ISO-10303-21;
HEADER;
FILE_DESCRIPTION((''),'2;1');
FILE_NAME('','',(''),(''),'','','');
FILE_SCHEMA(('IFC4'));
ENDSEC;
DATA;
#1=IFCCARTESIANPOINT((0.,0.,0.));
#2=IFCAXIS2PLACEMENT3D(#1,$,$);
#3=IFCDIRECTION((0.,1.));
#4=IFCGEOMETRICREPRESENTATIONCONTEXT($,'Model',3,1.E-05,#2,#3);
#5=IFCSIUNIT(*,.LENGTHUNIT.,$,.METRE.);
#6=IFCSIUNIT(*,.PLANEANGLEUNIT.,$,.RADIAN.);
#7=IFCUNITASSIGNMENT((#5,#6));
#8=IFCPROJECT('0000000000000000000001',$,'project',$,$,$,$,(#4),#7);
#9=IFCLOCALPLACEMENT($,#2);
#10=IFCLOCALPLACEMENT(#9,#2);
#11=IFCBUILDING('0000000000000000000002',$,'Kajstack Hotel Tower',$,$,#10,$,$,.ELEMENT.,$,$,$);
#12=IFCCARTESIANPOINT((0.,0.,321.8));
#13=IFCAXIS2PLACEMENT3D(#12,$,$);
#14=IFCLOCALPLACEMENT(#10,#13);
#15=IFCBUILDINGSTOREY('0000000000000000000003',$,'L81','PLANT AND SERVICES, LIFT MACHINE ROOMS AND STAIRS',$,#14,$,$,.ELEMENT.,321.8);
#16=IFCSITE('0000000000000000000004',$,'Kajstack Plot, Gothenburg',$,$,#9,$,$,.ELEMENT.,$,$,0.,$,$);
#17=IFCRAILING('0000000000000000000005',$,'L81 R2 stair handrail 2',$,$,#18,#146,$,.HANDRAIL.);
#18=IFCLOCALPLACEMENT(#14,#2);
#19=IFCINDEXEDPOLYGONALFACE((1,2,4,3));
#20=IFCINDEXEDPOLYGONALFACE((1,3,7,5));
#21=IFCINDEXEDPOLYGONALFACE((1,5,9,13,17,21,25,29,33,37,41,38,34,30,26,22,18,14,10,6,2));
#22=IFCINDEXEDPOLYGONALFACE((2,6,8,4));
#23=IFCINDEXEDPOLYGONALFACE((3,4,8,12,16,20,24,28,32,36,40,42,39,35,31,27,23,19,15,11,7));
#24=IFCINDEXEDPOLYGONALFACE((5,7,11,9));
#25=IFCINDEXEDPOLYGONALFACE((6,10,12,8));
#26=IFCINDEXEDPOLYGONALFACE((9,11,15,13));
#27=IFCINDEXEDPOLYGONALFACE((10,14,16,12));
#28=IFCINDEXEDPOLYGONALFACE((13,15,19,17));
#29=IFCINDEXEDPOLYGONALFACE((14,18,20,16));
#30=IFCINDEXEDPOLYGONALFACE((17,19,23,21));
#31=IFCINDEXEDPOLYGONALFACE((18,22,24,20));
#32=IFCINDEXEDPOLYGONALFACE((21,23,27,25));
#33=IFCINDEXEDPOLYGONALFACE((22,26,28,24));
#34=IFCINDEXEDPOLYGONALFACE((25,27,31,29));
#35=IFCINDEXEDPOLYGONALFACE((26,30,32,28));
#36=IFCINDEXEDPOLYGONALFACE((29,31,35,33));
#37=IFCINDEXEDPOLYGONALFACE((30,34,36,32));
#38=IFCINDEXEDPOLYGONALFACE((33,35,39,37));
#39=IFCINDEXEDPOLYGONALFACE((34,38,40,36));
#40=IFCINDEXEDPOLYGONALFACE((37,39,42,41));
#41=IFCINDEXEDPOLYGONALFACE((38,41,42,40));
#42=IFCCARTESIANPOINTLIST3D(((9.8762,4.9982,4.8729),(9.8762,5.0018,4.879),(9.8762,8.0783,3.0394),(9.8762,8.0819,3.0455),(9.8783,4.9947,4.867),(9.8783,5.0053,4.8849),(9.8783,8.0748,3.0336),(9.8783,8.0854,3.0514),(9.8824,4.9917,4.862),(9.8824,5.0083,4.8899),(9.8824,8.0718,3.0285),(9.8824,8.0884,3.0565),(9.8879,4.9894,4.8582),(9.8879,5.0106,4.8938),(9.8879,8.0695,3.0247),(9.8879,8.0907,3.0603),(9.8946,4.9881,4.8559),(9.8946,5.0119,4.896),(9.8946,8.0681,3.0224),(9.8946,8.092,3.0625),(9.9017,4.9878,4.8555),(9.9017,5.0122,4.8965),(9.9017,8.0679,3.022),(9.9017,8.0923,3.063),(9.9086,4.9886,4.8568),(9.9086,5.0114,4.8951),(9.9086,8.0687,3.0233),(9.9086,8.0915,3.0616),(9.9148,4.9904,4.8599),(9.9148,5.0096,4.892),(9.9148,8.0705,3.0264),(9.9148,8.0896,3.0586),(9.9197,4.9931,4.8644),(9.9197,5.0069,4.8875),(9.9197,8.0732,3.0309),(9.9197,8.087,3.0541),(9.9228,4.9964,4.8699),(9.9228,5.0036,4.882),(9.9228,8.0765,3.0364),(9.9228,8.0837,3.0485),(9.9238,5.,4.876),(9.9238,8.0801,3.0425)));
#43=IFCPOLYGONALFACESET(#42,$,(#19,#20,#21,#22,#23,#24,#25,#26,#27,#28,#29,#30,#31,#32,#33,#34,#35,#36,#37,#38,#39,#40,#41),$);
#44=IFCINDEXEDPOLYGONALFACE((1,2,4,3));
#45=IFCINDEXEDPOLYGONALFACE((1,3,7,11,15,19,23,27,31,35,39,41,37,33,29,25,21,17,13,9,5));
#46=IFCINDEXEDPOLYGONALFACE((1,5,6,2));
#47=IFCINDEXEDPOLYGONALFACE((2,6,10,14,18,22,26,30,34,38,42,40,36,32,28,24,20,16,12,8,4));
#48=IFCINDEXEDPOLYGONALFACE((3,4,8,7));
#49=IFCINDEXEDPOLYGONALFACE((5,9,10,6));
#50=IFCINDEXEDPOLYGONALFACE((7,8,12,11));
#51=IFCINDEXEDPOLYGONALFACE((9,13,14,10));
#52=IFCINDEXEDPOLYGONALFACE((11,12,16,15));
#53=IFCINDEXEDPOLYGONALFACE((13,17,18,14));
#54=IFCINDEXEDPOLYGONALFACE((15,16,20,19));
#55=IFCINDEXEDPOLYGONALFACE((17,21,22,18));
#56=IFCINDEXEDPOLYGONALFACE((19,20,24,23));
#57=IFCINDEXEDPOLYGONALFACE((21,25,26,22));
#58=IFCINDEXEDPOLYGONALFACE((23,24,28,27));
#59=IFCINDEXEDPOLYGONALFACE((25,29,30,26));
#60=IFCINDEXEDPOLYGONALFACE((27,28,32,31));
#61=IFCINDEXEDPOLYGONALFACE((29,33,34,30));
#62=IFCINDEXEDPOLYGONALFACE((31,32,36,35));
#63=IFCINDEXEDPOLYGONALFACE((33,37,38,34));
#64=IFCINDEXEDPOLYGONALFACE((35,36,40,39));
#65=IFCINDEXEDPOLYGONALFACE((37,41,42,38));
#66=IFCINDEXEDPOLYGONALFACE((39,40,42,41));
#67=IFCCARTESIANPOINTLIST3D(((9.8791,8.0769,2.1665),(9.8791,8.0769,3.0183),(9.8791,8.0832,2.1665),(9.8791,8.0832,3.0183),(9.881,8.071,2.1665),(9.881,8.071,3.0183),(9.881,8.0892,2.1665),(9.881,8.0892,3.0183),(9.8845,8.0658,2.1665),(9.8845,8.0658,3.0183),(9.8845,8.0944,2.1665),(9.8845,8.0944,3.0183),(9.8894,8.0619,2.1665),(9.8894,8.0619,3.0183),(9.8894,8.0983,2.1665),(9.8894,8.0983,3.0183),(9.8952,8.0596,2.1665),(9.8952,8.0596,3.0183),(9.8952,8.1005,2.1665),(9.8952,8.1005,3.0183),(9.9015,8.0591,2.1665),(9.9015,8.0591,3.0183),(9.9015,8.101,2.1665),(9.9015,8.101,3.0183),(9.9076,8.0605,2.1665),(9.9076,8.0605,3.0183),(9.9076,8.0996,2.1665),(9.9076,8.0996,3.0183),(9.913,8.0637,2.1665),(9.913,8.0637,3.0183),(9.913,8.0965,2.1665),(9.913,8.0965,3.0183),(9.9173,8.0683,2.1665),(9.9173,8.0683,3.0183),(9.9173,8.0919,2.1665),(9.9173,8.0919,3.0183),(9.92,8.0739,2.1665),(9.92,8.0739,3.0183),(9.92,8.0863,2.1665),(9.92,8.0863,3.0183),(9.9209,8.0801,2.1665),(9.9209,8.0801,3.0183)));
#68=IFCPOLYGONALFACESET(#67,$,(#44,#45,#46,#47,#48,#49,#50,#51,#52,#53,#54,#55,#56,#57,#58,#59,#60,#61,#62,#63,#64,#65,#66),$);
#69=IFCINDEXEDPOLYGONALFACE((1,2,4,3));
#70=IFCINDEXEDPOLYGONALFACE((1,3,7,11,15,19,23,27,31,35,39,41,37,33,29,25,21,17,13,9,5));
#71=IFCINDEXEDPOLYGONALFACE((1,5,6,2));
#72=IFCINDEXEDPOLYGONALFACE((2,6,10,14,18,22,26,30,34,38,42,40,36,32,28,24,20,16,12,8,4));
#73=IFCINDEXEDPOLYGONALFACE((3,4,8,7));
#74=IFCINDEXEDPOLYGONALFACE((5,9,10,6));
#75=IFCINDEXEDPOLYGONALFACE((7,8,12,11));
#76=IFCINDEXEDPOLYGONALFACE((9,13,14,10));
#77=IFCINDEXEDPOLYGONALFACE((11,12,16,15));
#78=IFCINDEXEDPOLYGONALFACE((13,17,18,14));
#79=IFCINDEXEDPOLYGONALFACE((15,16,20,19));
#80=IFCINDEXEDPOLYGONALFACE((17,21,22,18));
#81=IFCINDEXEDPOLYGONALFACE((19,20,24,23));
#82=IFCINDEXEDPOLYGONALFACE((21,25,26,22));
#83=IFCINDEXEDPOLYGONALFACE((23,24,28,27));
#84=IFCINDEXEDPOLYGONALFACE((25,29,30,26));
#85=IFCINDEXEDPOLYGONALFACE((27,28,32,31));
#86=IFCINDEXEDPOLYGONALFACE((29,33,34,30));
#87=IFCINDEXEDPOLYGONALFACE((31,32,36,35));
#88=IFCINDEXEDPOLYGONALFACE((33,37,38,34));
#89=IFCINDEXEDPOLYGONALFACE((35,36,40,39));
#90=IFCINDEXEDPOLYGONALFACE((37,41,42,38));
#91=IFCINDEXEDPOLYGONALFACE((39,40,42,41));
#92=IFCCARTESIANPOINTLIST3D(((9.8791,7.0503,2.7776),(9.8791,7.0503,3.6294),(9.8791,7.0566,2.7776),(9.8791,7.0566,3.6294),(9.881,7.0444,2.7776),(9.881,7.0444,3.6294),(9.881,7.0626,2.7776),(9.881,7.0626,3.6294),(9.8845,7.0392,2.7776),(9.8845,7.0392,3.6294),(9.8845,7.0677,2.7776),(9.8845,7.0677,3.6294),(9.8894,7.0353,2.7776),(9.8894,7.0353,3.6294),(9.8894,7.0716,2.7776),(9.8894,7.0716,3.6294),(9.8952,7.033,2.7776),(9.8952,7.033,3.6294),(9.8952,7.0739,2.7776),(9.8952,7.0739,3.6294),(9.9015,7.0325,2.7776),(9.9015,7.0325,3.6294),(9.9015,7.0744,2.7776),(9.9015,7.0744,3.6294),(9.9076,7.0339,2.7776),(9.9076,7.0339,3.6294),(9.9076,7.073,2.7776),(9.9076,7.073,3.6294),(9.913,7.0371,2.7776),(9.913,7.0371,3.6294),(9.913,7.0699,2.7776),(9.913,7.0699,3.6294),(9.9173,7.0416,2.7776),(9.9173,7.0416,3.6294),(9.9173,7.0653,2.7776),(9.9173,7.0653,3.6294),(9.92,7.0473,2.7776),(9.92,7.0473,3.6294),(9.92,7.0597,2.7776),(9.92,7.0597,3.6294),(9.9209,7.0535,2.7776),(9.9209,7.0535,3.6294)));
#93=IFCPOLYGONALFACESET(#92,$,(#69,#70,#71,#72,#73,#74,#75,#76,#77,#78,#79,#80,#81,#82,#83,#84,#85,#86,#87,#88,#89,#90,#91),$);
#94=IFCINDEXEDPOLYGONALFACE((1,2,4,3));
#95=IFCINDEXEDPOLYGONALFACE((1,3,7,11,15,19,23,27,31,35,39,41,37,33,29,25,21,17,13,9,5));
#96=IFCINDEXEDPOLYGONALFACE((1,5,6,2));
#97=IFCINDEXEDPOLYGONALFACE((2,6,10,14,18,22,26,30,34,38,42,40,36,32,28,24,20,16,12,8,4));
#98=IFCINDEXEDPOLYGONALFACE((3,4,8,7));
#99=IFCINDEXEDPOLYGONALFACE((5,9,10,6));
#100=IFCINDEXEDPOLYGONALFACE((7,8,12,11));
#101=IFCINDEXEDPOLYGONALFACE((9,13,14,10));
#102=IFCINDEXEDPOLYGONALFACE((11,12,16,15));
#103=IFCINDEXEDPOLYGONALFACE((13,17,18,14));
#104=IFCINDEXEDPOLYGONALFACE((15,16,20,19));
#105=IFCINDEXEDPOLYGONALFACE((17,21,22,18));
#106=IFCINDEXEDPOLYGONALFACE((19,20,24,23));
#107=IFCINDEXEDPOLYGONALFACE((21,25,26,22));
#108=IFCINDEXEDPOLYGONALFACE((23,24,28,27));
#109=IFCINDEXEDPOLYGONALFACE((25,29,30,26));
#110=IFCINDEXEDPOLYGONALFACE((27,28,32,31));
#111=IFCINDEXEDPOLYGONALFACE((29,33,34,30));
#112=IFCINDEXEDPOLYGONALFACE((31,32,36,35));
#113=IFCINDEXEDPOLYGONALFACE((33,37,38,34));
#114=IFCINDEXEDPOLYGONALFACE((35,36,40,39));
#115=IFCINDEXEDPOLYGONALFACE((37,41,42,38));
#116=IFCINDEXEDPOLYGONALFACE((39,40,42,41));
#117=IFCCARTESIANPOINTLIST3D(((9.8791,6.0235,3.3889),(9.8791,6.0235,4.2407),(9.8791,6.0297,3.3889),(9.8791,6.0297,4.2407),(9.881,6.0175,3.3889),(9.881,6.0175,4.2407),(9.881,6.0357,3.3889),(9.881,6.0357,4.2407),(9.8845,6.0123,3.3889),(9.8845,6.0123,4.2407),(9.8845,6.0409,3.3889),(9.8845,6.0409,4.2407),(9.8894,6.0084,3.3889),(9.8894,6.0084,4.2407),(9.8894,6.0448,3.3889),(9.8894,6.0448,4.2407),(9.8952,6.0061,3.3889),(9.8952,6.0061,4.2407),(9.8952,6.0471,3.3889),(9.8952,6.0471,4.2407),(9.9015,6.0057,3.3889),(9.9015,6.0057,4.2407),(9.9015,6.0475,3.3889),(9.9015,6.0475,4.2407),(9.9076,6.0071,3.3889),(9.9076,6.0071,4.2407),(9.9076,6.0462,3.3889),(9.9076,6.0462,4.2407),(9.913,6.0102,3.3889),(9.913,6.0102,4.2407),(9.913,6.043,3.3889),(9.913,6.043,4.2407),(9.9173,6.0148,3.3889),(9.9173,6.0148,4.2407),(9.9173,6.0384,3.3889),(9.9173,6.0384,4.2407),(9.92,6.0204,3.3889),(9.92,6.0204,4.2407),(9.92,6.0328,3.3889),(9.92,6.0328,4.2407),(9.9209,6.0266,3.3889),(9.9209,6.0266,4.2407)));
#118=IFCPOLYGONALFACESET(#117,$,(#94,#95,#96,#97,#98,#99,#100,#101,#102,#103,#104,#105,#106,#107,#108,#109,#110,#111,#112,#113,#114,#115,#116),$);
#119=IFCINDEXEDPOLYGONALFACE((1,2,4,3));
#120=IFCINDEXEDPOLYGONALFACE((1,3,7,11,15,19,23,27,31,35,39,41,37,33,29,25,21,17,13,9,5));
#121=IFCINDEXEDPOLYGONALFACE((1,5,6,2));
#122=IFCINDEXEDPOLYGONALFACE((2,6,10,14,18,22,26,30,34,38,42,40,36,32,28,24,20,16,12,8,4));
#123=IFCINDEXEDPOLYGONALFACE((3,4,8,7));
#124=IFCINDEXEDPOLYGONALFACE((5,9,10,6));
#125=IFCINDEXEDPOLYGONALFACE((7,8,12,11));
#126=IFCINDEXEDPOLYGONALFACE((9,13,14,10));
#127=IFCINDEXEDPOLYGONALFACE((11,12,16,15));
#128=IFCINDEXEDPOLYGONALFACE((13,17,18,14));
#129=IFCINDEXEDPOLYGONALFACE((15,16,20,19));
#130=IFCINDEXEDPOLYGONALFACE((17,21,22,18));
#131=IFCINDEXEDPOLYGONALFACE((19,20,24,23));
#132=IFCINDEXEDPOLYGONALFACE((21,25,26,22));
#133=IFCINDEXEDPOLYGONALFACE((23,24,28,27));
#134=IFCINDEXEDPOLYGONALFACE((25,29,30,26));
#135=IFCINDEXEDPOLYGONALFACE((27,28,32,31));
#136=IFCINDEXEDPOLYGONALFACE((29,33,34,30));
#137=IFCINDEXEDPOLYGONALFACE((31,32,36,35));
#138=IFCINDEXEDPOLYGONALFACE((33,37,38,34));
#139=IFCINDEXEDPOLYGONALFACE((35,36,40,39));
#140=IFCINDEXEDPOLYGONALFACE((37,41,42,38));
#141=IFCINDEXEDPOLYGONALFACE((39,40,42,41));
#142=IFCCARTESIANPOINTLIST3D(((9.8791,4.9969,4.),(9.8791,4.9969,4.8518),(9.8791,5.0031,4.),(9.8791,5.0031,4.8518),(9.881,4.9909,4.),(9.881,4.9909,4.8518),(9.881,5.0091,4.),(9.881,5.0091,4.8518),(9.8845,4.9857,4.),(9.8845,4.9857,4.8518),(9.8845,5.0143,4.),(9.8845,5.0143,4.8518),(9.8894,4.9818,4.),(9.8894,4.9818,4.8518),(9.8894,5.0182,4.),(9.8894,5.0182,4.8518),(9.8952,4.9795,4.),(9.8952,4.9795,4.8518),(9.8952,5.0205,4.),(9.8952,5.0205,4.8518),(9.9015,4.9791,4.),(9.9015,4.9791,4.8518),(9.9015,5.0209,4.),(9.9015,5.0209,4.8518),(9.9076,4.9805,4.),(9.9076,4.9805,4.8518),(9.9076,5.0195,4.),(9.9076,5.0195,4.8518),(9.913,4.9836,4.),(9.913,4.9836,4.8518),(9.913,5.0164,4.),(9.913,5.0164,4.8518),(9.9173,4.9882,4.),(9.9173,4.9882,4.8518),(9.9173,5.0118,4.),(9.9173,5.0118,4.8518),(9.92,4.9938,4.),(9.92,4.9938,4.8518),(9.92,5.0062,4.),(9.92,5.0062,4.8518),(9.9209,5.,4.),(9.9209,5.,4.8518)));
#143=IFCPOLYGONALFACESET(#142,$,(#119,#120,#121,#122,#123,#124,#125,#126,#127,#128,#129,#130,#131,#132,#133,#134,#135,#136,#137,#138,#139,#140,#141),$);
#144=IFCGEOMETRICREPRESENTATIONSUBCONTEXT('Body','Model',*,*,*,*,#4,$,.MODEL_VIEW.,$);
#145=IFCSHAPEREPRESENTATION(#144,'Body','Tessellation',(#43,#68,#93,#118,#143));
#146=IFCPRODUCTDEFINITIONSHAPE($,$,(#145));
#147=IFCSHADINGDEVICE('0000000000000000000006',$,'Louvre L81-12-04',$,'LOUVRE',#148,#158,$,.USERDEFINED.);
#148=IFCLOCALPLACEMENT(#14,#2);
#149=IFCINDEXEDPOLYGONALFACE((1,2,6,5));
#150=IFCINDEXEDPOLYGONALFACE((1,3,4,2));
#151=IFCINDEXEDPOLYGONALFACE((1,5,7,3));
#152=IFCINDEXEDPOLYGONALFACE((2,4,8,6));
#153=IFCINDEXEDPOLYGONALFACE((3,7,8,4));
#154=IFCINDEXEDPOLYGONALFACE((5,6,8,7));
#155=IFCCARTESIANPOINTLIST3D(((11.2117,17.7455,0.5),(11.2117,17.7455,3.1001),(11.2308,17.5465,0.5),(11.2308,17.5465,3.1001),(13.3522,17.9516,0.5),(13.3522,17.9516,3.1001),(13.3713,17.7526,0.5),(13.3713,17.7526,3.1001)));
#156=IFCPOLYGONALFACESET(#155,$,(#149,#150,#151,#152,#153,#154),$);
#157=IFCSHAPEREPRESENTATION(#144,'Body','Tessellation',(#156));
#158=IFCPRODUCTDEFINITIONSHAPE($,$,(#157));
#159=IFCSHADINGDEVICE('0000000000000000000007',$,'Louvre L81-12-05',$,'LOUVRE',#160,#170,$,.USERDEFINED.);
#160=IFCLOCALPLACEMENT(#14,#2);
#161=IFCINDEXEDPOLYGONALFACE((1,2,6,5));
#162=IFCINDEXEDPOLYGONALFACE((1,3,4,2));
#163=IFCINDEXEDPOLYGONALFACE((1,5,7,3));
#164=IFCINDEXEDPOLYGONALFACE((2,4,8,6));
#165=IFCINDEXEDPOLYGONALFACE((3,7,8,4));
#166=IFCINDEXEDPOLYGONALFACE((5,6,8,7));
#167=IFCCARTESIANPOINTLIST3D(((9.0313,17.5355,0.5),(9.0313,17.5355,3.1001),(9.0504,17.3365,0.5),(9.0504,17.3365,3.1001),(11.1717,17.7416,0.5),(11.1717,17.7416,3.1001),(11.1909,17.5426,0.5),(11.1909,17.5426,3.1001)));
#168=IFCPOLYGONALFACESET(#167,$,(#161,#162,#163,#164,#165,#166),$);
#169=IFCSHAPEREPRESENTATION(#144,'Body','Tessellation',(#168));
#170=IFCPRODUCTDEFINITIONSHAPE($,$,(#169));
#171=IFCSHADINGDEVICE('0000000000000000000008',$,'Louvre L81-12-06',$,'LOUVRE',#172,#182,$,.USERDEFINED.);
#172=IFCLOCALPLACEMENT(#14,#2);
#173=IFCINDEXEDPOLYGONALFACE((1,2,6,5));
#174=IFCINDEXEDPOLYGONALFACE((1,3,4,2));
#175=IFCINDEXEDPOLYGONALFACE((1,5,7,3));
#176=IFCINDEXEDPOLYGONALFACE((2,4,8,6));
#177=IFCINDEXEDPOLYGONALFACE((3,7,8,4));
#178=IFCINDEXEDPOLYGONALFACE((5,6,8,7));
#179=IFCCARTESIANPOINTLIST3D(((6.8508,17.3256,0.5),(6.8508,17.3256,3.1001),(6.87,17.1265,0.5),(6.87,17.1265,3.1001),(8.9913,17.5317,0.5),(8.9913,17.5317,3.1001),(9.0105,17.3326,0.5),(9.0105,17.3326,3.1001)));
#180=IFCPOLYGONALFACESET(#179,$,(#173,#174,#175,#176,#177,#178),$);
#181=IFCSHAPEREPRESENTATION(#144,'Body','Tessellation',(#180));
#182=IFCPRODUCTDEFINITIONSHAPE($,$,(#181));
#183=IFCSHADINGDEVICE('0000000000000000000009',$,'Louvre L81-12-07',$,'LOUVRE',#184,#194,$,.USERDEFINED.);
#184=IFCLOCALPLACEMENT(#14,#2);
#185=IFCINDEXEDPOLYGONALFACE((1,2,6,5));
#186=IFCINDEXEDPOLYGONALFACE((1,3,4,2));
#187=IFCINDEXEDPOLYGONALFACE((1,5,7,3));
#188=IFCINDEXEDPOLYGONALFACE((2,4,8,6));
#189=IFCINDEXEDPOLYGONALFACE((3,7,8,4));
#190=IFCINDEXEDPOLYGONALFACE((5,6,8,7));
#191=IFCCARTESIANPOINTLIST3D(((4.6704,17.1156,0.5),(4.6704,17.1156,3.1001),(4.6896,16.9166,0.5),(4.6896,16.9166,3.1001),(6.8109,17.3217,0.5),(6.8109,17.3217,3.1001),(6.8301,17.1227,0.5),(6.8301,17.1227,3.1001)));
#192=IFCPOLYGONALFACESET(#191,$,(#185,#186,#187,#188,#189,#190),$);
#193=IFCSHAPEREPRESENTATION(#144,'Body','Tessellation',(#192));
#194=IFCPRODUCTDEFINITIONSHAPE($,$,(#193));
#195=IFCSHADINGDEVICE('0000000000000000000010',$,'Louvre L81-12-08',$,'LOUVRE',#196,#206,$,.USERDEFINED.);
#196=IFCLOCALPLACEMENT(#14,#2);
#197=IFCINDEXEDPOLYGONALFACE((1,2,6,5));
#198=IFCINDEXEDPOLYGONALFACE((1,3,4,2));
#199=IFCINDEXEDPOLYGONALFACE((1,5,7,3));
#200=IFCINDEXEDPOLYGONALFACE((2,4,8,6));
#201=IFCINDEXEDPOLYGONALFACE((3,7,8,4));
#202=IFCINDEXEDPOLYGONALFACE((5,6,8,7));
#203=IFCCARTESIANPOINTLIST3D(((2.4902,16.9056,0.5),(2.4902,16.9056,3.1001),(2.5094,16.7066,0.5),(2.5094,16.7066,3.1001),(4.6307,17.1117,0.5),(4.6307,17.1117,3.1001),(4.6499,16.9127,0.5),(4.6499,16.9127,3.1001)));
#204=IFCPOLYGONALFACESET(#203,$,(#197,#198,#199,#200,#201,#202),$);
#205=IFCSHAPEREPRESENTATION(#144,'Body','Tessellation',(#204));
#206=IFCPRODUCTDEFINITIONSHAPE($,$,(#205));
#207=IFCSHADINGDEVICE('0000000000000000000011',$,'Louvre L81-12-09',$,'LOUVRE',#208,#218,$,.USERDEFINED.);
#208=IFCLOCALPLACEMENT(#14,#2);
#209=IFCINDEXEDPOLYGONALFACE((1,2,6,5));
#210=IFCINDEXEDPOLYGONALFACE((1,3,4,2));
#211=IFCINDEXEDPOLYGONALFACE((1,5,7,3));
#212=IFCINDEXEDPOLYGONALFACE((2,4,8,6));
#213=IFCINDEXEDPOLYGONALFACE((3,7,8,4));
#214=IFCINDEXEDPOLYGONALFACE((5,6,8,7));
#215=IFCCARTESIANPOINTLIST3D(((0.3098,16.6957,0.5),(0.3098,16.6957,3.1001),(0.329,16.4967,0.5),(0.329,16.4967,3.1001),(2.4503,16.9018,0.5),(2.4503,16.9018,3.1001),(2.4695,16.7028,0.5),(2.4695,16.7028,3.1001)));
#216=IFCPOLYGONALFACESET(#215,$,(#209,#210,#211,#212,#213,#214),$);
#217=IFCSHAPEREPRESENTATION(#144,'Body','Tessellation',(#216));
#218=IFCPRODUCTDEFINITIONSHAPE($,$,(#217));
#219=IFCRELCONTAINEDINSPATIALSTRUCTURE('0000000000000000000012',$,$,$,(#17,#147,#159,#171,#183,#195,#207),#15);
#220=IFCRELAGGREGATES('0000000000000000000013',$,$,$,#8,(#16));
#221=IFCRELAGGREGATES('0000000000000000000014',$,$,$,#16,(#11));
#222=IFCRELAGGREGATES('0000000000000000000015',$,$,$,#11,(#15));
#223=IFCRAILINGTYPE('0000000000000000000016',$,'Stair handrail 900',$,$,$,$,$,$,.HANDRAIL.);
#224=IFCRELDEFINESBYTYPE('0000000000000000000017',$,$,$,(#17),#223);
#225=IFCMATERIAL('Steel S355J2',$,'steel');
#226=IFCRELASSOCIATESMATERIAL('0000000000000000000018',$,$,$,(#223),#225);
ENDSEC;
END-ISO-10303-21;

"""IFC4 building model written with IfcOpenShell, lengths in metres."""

from ifc_helpers import new_model, si_unit, direction, frame, origin, origin_2d, place, context, subcontext, project, spatial, rectangle, circle, extrude, material, type_object, element, save


model = new_model("IFC4")

# Units and contexts
model_context = context("Model", 3, precision=1e-05, world=origin(), true_north=direction((0.0, 1.0)))
body_context = subcontext(model_context, "Body", "Model", "MODEL_VIEW")
ifc_project = project(units=[si_unit("LENGTHUNIT", "METRE"), si_unit("PLANEANGLEUNIT", "RADIAN")], contexts=[model_context])

# Site, building, storey
site_placement = place(None, origin())
site = spatial("IfcSite", under=ifc_project, at=site_placement, Name="Kajstack Plot, Gothenburg", CompositionType="ELEMENT", RefElevation=0.0)
building_placement = place(site_placement, origin())
building = spatial("IfcBuilding", under=site, at=building_placement, Name="Kajstack Hotel Tower", CompositionType="ELEMENT")
storey_placement = place(building_placement, frame((0.0, 0.0, 321.8)))
storey = spatial("IfcBuildingStorey", under=building, at=storey_placement, Name="L81", Description="PLANT AND SERVICES, LIFT MACHINE ROOMS AND STAIRS", CompositionType="ELEMENT", Elevation=321.8)

# Shared definitions
ifc_material_1 = material(Name="Steel S355J2", Category="steel")

# Railing
railing_type_1 = type_object("IfcRailingType", Name="Stair handrail 900", PredefinedType="HANDRAIL", material=ifc_material_1)
railing_1_placement = place(storey_placement, frame((9.8999, 8.0801, 2.1665)))
element("IfcRailing", 1, at=railing_1_placement, inside=storey, type_object=railing_type_1, Name="L81 R2 stair handrail 2", PredefinedType="HANDRAIL", context=body_context, shape_type="SweptSolid", body=[
    extrude(circle(Radius=0.0239, at=origin_2d()), frame((0.0, 0.0, 0.876), z_axis=(0.0, -0.859279, 0.511508), x_axis=(1.0, 0.0, 0.0)), (0.0, 0.0, 1.0), 3.5845),
    extrude(circle(Radius=0.021, at=origin_2d()), origin(), (0.0, 0.0, 1.0), 0.8518),
    extrude(circle(Radius=0.021, at=origin_2d()), frame((0.0, -1.0266, 0.6111)), (0.0, 0.0, 1.0), 0.8518),
    extrude(circle(Radius=0.021, at=origin_2d()), frame((0.0, -2.0535, 1.2224)), (0.0, 0.0, 1.0), 0.8518),
    extrude(circle(Radius=0.021, at=origin_2d()), frame((0.0, -3.0801, 1.8335)), (0.0, 0.0, 1.0), 0.8518),
])

# Shading devices
for number, where, z_axis, x_axis, name in (
    (2, (12.2915, 17.749, 0.5), (0.0, 0.0, 1.0), (-0.995396, -0.095845, 0.0), "Louvre L81-12-04"),
    (3, (10.1111, 17.5391, 0.5), (0.0, 0.0, 1.0), (-0.995396, -0.095845, 0.0), "Louvre L81-12-05"),
    (4, (7.9307, 17.3291, 0.5), (0.0, 0.0, 1.0), (-0.995396, -0.095845, 0.0), "Louvre L81-12-06"),
    (5, (5.7502, 17.1191, 0.5), (0.0, 0.0, 1.0), (-0.995396, -0.095845, 0.0), "Louvre L81-12-07"),
    (6, (3.5701, 16.9092, 0.5), (0.0, 0.0, 1.0), (-0.995396, -0.095845, 0.0), "Louvre L81-12-08"),
    (7, (1.3896, 16.6992, 0.5), (0.0, 0.0, 1.0), (-0.995396, -0.095845, 0.0), "Louvre L81-12-09"),
):
    element("IfcShadingDevice", number, at=place(storey_placement, frame(where, z_axis=z_axis, x_axis=x_axis)), inside=storey, Name=name, ObjectType="LOUVRE", PredefinedType="USERDEFINED", context=body_context, shape_type="SweptSolid", body=[
        extrude(rectangle(XDim=2.1504, YDim=0.2, at=origin_2d()), origin(), (0.0, 0.0, 1.0), 2.6001),
    ])

save(model, "model.ifc")
